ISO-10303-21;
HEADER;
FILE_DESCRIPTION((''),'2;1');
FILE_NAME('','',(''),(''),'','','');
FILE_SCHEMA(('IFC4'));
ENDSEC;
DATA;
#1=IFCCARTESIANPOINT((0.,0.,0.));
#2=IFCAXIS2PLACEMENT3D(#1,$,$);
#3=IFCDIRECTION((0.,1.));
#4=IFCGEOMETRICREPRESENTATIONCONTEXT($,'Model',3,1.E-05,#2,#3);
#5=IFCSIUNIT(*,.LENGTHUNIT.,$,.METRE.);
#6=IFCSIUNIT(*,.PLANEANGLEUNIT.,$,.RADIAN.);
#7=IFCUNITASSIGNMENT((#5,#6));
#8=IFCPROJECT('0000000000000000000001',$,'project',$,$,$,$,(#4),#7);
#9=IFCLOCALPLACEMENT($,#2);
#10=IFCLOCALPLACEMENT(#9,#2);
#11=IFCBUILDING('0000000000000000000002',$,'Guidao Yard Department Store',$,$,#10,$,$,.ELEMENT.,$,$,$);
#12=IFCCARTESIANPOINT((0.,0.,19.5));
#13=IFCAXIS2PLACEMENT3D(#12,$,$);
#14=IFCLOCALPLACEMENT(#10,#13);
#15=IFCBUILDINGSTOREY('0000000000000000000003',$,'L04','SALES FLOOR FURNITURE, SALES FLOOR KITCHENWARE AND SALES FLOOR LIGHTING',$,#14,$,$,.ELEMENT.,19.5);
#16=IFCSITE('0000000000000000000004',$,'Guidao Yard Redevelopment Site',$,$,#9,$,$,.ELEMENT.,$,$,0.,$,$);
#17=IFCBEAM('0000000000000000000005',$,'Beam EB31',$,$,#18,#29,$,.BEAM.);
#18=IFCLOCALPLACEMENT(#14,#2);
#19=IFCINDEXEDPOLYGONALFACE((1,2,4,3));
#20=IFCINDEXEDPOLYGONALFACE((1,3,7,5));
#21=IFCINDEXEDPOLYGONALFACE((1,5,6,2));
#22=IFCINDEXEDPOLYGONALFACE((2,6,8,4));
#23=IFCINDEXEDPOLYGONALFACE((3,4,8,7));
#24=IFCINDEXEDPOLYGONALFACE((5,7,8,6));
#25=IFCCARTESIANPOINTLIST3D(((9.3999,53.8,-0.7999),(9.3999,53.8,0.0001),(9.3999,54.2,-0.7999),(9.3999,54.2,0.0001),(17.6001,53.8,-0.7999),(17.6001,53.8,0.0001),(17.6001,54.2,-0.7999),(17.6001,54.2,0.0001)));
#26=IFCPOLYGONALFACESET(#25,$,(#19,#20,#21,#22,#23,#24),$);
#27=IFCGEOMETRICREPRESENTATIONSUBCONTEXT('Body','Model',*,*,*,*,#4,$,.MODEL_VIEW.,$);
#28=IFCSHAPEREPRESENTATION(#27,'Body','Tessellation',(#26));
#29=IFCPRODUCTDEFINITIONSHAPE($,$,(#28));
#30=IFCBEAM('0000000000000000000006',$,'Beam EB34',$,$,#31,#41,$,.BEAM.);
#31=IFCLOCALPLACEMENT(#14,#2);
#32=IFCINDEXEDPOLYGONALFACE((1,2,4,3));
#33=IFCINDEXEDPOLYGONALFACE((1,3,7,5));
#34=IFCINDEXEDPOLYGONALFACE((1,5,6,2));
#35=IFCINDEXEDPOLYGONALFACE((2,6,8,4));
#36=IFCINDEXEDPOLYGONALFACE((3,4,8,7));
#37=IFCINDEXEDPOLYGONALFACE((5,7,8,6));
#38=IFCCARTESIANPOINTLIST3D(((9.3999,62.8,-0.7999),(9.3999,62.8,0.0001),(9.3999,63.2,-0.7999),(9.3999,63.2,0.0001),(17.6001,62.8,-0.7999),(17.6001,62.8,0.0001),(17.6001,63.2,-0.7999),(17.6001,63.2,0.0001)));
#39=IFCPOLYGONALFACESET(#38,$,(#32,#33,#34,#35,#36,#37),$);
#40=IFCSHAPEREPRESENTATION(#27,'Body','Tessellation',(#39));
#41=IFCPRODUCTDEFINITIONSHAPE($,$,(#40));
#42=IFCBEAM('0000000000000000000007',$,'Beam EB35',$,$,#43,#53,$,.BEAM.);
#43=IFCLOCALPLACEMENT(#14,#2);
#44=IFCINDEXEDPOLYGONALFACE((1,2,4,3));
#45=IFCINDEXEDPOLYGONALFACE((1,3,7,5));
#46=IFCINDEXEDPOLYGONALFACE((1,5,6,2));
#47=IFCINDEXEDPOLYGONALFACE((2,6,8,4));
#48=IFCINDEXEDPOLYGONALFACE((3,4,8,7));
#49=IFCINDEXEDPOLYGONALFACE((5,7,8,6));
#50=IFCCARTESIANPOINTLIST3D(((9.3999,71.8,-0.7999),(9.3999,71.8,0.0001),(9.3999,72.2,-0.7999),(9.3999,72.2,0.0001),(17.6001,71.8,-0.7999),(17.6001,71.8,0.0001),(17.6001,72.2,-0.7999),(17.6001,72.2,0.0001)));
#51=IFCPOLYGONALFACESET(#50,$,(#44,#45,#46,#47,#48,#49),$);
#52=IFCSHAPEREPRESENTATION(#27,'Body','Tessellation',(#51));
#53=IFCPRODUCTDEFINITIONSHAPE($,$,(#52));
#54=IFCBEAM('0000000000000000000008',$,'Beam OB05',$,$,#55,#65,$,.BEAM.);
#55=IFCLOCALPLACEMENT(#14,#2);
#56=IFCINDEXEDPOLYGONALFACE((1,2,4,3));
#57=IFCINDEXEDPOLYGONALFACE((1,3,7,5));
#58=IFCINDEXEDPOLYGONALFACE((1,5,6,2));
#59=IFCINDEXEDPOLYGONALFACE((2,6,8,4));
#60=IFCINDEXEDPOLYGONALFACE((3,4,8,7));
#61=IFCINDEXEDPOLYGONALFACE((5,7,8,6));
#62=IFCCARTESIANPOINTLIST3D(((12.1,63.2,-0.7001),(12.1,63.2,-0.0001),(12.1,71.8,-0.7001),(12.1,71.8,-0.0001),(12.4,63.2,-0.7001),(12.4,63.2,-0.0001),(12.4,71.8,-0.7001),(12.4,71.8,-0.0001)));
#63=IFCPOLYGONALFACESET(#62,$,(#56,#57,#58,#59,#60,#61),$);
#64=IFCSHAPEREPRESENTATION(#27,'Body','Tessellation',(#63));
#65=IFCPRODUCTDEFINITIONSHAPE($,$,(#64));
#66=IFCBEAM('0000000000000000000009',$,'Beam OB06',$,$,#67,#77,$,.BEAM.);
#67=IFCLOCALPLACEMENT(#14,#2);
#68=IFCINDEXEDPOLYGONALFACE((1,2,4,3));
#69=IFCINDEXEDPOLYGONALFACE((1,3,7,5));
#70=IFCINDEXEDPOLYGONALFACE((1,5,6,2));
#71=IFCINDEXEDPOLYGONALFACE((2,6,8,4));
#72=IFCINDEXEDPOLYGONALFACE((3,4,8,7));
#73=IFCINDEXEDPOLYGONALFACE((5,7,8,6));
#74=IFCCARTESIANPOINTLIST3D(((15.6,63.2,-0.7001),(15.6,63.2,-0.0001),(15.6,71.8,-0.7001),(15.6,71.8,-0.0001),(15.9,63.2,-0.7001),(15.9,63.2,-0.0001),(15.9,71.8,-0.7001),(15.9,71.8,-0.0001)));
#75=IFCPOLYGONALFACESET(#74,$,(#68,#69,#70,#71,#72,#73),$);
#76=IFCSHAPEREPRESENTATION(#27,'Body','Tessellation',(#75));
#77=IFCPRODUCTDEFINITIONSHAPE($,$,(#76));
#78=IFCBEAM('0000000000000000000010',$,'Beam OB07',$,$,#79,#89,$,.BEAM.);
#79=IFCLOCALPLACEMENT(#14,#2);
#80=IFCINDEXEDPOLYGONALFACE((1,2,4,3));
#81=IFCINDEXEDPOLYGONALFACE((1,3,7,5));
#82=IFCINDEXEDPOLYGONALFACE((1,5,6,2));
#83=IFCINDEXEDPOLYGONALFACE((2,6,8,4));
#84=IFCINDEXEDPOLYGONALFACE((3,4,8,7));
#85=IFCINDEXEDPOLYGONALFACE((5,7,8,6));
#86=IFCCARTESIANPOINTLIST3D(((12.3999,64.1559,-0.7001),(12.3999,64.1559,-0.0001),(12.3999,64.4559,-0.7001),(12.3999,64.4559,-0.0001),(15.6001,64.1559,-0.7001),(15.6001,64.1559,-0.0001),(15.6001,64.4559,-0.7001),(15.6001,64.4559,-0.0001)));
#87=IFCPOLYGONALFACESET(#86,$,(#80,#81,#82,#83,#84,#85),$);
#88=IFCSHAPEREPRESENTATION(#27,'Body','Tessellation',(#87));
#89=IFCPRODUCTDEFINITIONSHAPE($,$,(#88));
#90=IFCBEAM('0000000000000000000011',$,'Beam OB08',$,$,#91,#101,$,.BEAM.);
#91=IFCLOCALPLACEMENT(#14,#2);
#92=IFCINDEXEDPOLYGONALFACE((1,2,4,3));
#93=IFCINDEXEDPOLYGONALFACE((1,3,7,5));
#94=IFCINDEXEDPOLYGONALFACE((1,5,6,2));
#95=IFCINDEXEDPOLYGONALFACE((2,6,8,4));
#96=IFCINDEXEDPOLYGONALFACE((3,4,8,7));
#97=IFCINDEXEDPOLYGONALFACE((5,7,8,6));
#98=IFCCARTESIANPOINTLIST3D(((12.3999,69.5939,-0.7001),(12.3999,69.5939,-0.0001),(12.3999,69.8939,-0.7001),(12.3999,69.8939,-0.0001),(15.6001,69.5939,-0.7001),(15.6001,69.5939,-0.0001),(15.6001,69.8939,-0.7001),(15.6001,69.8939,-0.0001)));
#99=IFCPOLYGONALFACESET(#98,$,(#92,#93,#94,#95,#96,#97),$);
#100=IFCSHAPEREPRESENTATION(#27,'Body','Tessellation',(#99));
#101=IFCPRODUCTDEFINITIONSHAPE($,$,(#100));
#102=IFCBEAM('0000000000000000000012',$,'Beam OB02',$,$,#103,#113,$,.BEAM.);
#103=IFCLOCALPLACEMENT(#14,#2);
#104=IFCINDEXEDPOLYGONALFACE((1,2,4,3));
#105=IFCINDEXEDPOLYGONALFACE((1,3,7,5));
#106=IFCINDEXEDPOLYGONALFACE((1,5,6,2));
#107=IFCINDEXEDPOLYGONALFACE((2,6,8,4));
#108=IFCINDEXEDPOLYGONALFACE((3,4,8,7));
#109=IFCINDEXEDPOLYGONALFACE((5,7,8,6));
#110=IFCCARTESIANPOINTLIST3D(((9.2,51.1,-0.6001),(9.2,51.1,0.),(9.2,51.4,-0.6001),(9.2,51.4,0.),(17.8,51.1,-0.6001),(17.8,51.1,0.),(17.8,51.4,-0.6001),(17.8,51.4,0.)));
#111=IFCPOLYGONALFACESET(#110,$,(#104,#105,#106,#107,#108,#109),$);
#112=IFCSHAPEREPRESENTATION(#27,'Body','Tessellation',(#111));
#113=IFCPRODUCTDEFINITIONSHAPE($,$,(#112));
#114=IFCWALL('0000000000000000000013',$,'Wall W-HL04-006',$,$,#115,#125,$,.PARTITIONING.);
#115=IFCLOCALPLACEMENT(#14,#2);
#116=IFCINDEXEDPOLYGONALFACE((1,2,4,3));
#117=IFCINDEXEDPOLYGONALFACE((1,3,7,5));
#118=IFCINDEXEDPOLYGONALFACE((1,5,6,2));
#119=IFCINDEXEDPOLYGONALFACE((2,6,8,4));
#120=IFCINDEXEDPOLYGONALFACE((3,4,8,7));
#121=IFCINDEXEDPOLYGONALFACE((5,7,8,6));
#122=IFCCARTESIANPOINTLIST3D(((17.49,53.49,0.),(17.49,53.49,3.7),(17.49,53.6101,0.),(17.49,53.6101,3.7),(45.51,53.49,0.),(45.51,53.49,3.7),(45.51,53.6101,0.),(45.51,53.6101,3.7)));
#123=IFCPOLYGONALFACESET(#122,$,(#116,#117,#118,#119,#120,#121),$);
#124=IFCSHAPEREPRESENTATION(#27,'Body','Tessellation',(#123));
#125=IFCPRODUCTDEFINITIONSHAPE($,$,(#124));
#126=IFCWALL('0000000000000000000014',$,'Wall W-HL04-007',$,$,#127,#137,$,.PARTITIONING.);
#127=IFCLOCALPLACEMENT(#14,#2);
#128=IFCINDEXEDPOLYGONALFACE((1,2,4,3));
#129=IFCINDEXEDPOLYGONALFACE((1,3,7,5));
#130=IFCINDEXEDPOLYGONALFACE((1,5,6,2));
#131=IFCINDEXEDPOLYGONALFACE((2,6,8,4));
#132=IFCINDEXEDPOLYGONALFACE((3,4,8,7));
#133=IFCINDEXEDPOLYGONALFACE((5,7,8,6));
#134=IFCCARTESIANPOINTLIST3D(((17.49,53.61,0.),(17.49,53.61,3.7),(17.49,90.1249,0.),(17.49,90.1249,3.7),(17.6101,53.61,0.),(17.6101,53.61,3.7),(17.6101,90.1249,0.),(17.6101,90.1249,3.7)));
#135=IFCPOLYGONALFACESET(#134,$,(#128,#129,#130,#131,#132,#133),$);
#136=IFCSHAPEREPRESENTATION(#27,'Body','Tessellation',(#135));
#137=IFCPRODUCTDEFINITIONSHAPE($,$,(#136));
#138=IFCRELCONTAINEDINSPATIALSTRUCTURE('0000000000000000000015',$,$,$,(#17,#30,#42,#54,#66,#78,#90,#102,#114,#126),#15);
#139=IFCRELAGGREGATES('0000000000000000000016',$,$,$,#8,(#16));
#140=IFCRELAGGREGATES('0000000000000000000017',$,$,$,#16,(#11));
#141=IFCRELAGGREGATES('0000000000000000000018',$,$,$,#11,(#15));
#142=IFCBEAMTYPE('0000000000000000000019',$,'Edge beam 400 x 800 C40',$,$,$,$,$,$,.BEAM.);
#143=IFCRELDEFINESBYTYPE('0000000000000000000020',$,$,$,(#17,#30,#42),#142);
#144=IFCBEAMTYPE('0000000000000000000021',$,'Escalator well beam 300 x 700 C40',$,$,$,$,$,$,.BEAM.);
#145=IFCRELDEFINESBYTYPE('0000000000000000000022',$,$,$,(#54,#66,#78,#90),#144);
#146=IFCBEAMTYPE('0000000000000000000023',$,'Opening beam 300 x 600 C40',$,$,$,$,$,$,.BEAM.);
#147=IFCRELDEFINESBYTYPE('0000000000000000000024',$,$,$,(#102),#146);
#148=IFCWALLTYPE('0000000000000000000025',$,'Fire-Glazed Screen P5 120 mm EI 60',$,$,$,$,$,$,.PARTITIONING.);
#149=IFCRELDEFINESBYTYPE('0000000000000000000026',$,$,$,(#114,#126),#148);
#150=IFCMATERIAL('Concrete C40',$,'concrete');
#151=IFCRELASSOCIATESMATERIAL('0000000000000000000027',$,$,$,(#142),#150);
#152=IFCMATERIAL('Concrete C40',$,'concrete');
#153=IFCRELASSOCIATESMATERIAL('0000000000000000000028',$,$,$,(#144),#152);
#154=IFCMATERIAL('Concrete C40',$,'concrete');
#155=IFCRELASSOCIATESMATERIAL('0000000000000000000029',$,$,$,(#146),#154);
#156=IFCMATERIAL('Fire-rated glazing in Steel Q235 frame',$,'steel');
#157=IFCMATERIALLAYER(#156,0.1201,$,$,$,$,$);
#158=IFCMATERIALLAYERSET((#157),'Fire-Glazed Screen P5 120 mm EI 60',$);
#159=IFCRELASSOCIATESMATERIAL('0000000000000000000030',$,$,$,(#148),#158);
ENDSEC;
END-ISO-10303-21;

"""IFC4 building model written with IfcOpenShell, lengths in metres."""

from ifc_helpers import new_model, si_unit, direction, frame, frame_2d, origin, origin_2d, place, context, subcontext, project, spatial, rectangle, extrude, material, layer, layer_set, material_profile, profile_set, type_object, element, save


model = new_model("IFC4")

# Units and contexts
model_context = context("Model", 3, precision=1e-05, world=origin(), true_north=direction((0.0, 1.0)))
body_context = subcontext(model_context, "Body", "Model", "MODEL_VIEW")
ifc_project = project(units=[si_unit("LENGTHUNIT", "METRE"), si_unit("PLANEANGLEUNIT", "RADIAN")], contexts=[model_context])

# Site, building, storey
site_placement = place(None, origin())
site = spatial("IfcSite", under=ifc_project, at=site_placement, Name="Guidao Yard Redevelopment Site", CompositionType="ELEMENT", RefElevation=0.0)
building_placement = place(site_placement, origin())
building = spatial("IfcBuilding", under=site, at=building_placement, Name="Guidao Yard Department Store", CompositionType="ELEMENT")
storey_placement = place(building_placement, frame((0.0, 0.0, 19.5)))
storey = spatial("IfcBuildingStorey", under=building, at=storey_placement, Name="L04", Description="SALES FLOOR FURNITURE, SALES FLOOR KITCHENWARE AND SALES FLOOR LIGHTING", CompositionType="ELEMENT", Elevation=19.5)

# Beams
ifc_material_1 = material(Name="Concrete C40", Category="concrete")
ifc_material_profile_1 = material_profile(ifc_material_1, rectangle(XDim=0.3999, YDim=0.8, at=origin_2d()), Name="Edge beam 400 x 800 C40")
ifc_profile_set_1 = profile_set([ifc_material_profile_1], Name="Concrete C40")
beam_type_1 = type_object("IfcBeamType", Name="Edge beam 400 x 800 C40", PredefinedType="BEAM", material=ifc_profile_set_1)
for number, where, z_axis, x_axis, name in (
    (1, (9.3999, 54.0, -0.3999), (1.0, 0.0, 0.0), (0.0, 1.0, 0.0), "Beam EB31"),
    (2, (9.3999, 63.0, -0.3999), (1.0, 0.0, 0.0), (0.0, 1.0, 0.0), "Beam EB34"),
    (3, (9.3999, 72.0, -0.3999), (1.0, 0.0, 0.0), (0.0, 1.0, 0.0), "Beam EB35"),
):
    element("IfcBeam", number, at=place(storey_placement, frame(where, z_axis=z_axis, x_axis=x_axis)), inside=storey, type_object=beam_type_1, Name=name, PredefinedType="BEAM", context=body_context, shape_type="SweptSolid", body=[
        extrude(rectangle(XDim=0.3999, YDim=0.8, at=origin_2d()), origin(), (0.0, 0.0, 1.0), 8.2002),
    ])
ifc_material_2 = material(Name="Concrete C40", Category="concrete")
ifc_material_profile_2 = material_profile(ifc_material_2, rectangle(XDim=0.3, YDim=0.7, at=origin_2d()), Name="Escalator well beam 300 x 700 C40")
ifc_profile_set_2 = profile_set([ifc_material_profile_2], Name="Concrete C40")
beam_type_2 = type_object("IfcBeamType", Name="Escalator well beam 300 x 700 C40", PredefinedType="BEAM", material=ifc_profile_set_2)
for number, where, z_axis, x_axis, name in (
    (4, (12.25, 63.2, -0.3501), (0.0, 1.0, 0.0), (-1.0, 0.0, 0.0), "Beam OB05"),
    (5, (15.75, 63.2, -0.3501), (0.0, 1.0, 0.0), (-1.0, 0.0, 0.0), "Beam OB06"),
):
    element("IfcBeam", number, at=place(storey_placement, frame(where, z_axis=z_axis, x_axis=x_axis)), inside=storey, type_object=beam_type_2, Name=name, PredefinedType="BEAM", context=body_context, shape_type="SweptSolid", body=[
        extrude(rectangle(XDim=0.3, YDim=0.7, at=origin_2d()), origin(), (0.0, 0.0, 1.0), 8.6001),
    ])
for number, where, z_axis, x_axis, name in (
    (6, (12.3999, 64.3059, -0.3501), (1.0, 0.0, 0.0), (0.0, 1.0, 0.0), "Beam OB07"),
    (7, (12.3999, 69.7439, -0.3501), (1.0, 0.0, 0.0), (0.0, 1.0, 0.0), "Beam OB08"),
):
    element("IfcBeam", number, at=place(storey_placement, frame(where, z_axis=z_axis, x_axis=x_axis)), inside=storey, type_object=beam_type_2, Name=name, PredefinedType="BEAM", context=body_context, shape_type="SweptSolid", body=[
        extrude(rectangle(XDim=0.3, YDim=0.7, at=origin_2d()), origin(), (0.0, 0.0, 1.0), 3.2002),
    ])
ifc_material_3 = material(Name="Concrete C40", Category="concrete")
ifc_material_profile_3 = material_profile(ifc_material_3, rectangle(XDim=0.3, YDim=0.6001, at=origin_2d()), Name="Opening beam 300 x 600 C40")
ifc_profile_set_3 = profile_set([ifc_material_profile_3], Name="Concrete C40")
beam_type_3 = type_object("IfcBeamType", Name="Opening beam 300 x 600 C40", PredefinedType="BEAM", material=ifc_profile_set_3)
beam_placement = place(storey_placement, frame((9.2, 51.25, -0.3), z_axis=(1.0, 0.0, 0.0), x_axis=(0.0, 1.0, 0.0)))
element("IfcBeam", 8, at=beam_placement, inside=storey, type_object=beam_type_3, Name="Beam OB02", PredefinedType="BEAM", context=body_context, shape_type="SweptSolid", body=[
    extrude(rectangle(XDim=0.3, YDim=0.6001, at=origin_2d()), origin(), (0.0, 0.0, 1.0), 8.6001),
])

# Walls
ifc_material_4 = material(Name="Fire-rated glazing in Steel Q235 frame", Category="steel")
ifc_layer = layer(ifc_material_4, 0.1201)
ifc_layer_set = layer_set([ifc_layer], Name="Fire-Glazed Screen P5 120 mm EI 60")
wall_type = type_object("IfcWallType", Name="Fire-Glazed Screen P5 120 mm EI 60", PredefinedType="PARTITIONING", material=ifc_layer_set)
wall_1_placement = place(storey_placement, frame((17.49, 53.55, 0.0), z_axis=(0.0, 0.0, 1.0), x_axis=(1.0, 0.0, 0.0)))
element("IfcWall", 9, at=wall_1_placement, inside=storey, type_object=wall_type, Name="Wall W-HL04-006", PredefinedType="PARTITIONING", context=body_context, shape_type="SweptSolid", body=[
    extrude(rectangle(XDim=28.02, YDim=0.1201, at=frame_2d((14.01, 0.0))), origin(), (0.0, 0.0, 1.0), 3.7),
])
wall_2_placement = place(storey_placement, frame((17.55, 53.6101, 0.0), z_axis=(0.0, 0.0, 1.0), x_axis=(0.0, 1.0, 0.0)))
element("IfcWall", 10, at=wall_2_placement, inside=storey, type_object=wall_type, Name="Wall W-HL04-007", PredefinedType="PARTITIONING", context=body_context, shape_type="SweptSolid", body=[
    extrude(rectangle(XDim=36.5149, YDim=0.1201, at=frame_2d((18.2573, 0.0))), origin(), (0.0, 0.0, 1.0), 3.7),
])

save(model, "model.ifc")
